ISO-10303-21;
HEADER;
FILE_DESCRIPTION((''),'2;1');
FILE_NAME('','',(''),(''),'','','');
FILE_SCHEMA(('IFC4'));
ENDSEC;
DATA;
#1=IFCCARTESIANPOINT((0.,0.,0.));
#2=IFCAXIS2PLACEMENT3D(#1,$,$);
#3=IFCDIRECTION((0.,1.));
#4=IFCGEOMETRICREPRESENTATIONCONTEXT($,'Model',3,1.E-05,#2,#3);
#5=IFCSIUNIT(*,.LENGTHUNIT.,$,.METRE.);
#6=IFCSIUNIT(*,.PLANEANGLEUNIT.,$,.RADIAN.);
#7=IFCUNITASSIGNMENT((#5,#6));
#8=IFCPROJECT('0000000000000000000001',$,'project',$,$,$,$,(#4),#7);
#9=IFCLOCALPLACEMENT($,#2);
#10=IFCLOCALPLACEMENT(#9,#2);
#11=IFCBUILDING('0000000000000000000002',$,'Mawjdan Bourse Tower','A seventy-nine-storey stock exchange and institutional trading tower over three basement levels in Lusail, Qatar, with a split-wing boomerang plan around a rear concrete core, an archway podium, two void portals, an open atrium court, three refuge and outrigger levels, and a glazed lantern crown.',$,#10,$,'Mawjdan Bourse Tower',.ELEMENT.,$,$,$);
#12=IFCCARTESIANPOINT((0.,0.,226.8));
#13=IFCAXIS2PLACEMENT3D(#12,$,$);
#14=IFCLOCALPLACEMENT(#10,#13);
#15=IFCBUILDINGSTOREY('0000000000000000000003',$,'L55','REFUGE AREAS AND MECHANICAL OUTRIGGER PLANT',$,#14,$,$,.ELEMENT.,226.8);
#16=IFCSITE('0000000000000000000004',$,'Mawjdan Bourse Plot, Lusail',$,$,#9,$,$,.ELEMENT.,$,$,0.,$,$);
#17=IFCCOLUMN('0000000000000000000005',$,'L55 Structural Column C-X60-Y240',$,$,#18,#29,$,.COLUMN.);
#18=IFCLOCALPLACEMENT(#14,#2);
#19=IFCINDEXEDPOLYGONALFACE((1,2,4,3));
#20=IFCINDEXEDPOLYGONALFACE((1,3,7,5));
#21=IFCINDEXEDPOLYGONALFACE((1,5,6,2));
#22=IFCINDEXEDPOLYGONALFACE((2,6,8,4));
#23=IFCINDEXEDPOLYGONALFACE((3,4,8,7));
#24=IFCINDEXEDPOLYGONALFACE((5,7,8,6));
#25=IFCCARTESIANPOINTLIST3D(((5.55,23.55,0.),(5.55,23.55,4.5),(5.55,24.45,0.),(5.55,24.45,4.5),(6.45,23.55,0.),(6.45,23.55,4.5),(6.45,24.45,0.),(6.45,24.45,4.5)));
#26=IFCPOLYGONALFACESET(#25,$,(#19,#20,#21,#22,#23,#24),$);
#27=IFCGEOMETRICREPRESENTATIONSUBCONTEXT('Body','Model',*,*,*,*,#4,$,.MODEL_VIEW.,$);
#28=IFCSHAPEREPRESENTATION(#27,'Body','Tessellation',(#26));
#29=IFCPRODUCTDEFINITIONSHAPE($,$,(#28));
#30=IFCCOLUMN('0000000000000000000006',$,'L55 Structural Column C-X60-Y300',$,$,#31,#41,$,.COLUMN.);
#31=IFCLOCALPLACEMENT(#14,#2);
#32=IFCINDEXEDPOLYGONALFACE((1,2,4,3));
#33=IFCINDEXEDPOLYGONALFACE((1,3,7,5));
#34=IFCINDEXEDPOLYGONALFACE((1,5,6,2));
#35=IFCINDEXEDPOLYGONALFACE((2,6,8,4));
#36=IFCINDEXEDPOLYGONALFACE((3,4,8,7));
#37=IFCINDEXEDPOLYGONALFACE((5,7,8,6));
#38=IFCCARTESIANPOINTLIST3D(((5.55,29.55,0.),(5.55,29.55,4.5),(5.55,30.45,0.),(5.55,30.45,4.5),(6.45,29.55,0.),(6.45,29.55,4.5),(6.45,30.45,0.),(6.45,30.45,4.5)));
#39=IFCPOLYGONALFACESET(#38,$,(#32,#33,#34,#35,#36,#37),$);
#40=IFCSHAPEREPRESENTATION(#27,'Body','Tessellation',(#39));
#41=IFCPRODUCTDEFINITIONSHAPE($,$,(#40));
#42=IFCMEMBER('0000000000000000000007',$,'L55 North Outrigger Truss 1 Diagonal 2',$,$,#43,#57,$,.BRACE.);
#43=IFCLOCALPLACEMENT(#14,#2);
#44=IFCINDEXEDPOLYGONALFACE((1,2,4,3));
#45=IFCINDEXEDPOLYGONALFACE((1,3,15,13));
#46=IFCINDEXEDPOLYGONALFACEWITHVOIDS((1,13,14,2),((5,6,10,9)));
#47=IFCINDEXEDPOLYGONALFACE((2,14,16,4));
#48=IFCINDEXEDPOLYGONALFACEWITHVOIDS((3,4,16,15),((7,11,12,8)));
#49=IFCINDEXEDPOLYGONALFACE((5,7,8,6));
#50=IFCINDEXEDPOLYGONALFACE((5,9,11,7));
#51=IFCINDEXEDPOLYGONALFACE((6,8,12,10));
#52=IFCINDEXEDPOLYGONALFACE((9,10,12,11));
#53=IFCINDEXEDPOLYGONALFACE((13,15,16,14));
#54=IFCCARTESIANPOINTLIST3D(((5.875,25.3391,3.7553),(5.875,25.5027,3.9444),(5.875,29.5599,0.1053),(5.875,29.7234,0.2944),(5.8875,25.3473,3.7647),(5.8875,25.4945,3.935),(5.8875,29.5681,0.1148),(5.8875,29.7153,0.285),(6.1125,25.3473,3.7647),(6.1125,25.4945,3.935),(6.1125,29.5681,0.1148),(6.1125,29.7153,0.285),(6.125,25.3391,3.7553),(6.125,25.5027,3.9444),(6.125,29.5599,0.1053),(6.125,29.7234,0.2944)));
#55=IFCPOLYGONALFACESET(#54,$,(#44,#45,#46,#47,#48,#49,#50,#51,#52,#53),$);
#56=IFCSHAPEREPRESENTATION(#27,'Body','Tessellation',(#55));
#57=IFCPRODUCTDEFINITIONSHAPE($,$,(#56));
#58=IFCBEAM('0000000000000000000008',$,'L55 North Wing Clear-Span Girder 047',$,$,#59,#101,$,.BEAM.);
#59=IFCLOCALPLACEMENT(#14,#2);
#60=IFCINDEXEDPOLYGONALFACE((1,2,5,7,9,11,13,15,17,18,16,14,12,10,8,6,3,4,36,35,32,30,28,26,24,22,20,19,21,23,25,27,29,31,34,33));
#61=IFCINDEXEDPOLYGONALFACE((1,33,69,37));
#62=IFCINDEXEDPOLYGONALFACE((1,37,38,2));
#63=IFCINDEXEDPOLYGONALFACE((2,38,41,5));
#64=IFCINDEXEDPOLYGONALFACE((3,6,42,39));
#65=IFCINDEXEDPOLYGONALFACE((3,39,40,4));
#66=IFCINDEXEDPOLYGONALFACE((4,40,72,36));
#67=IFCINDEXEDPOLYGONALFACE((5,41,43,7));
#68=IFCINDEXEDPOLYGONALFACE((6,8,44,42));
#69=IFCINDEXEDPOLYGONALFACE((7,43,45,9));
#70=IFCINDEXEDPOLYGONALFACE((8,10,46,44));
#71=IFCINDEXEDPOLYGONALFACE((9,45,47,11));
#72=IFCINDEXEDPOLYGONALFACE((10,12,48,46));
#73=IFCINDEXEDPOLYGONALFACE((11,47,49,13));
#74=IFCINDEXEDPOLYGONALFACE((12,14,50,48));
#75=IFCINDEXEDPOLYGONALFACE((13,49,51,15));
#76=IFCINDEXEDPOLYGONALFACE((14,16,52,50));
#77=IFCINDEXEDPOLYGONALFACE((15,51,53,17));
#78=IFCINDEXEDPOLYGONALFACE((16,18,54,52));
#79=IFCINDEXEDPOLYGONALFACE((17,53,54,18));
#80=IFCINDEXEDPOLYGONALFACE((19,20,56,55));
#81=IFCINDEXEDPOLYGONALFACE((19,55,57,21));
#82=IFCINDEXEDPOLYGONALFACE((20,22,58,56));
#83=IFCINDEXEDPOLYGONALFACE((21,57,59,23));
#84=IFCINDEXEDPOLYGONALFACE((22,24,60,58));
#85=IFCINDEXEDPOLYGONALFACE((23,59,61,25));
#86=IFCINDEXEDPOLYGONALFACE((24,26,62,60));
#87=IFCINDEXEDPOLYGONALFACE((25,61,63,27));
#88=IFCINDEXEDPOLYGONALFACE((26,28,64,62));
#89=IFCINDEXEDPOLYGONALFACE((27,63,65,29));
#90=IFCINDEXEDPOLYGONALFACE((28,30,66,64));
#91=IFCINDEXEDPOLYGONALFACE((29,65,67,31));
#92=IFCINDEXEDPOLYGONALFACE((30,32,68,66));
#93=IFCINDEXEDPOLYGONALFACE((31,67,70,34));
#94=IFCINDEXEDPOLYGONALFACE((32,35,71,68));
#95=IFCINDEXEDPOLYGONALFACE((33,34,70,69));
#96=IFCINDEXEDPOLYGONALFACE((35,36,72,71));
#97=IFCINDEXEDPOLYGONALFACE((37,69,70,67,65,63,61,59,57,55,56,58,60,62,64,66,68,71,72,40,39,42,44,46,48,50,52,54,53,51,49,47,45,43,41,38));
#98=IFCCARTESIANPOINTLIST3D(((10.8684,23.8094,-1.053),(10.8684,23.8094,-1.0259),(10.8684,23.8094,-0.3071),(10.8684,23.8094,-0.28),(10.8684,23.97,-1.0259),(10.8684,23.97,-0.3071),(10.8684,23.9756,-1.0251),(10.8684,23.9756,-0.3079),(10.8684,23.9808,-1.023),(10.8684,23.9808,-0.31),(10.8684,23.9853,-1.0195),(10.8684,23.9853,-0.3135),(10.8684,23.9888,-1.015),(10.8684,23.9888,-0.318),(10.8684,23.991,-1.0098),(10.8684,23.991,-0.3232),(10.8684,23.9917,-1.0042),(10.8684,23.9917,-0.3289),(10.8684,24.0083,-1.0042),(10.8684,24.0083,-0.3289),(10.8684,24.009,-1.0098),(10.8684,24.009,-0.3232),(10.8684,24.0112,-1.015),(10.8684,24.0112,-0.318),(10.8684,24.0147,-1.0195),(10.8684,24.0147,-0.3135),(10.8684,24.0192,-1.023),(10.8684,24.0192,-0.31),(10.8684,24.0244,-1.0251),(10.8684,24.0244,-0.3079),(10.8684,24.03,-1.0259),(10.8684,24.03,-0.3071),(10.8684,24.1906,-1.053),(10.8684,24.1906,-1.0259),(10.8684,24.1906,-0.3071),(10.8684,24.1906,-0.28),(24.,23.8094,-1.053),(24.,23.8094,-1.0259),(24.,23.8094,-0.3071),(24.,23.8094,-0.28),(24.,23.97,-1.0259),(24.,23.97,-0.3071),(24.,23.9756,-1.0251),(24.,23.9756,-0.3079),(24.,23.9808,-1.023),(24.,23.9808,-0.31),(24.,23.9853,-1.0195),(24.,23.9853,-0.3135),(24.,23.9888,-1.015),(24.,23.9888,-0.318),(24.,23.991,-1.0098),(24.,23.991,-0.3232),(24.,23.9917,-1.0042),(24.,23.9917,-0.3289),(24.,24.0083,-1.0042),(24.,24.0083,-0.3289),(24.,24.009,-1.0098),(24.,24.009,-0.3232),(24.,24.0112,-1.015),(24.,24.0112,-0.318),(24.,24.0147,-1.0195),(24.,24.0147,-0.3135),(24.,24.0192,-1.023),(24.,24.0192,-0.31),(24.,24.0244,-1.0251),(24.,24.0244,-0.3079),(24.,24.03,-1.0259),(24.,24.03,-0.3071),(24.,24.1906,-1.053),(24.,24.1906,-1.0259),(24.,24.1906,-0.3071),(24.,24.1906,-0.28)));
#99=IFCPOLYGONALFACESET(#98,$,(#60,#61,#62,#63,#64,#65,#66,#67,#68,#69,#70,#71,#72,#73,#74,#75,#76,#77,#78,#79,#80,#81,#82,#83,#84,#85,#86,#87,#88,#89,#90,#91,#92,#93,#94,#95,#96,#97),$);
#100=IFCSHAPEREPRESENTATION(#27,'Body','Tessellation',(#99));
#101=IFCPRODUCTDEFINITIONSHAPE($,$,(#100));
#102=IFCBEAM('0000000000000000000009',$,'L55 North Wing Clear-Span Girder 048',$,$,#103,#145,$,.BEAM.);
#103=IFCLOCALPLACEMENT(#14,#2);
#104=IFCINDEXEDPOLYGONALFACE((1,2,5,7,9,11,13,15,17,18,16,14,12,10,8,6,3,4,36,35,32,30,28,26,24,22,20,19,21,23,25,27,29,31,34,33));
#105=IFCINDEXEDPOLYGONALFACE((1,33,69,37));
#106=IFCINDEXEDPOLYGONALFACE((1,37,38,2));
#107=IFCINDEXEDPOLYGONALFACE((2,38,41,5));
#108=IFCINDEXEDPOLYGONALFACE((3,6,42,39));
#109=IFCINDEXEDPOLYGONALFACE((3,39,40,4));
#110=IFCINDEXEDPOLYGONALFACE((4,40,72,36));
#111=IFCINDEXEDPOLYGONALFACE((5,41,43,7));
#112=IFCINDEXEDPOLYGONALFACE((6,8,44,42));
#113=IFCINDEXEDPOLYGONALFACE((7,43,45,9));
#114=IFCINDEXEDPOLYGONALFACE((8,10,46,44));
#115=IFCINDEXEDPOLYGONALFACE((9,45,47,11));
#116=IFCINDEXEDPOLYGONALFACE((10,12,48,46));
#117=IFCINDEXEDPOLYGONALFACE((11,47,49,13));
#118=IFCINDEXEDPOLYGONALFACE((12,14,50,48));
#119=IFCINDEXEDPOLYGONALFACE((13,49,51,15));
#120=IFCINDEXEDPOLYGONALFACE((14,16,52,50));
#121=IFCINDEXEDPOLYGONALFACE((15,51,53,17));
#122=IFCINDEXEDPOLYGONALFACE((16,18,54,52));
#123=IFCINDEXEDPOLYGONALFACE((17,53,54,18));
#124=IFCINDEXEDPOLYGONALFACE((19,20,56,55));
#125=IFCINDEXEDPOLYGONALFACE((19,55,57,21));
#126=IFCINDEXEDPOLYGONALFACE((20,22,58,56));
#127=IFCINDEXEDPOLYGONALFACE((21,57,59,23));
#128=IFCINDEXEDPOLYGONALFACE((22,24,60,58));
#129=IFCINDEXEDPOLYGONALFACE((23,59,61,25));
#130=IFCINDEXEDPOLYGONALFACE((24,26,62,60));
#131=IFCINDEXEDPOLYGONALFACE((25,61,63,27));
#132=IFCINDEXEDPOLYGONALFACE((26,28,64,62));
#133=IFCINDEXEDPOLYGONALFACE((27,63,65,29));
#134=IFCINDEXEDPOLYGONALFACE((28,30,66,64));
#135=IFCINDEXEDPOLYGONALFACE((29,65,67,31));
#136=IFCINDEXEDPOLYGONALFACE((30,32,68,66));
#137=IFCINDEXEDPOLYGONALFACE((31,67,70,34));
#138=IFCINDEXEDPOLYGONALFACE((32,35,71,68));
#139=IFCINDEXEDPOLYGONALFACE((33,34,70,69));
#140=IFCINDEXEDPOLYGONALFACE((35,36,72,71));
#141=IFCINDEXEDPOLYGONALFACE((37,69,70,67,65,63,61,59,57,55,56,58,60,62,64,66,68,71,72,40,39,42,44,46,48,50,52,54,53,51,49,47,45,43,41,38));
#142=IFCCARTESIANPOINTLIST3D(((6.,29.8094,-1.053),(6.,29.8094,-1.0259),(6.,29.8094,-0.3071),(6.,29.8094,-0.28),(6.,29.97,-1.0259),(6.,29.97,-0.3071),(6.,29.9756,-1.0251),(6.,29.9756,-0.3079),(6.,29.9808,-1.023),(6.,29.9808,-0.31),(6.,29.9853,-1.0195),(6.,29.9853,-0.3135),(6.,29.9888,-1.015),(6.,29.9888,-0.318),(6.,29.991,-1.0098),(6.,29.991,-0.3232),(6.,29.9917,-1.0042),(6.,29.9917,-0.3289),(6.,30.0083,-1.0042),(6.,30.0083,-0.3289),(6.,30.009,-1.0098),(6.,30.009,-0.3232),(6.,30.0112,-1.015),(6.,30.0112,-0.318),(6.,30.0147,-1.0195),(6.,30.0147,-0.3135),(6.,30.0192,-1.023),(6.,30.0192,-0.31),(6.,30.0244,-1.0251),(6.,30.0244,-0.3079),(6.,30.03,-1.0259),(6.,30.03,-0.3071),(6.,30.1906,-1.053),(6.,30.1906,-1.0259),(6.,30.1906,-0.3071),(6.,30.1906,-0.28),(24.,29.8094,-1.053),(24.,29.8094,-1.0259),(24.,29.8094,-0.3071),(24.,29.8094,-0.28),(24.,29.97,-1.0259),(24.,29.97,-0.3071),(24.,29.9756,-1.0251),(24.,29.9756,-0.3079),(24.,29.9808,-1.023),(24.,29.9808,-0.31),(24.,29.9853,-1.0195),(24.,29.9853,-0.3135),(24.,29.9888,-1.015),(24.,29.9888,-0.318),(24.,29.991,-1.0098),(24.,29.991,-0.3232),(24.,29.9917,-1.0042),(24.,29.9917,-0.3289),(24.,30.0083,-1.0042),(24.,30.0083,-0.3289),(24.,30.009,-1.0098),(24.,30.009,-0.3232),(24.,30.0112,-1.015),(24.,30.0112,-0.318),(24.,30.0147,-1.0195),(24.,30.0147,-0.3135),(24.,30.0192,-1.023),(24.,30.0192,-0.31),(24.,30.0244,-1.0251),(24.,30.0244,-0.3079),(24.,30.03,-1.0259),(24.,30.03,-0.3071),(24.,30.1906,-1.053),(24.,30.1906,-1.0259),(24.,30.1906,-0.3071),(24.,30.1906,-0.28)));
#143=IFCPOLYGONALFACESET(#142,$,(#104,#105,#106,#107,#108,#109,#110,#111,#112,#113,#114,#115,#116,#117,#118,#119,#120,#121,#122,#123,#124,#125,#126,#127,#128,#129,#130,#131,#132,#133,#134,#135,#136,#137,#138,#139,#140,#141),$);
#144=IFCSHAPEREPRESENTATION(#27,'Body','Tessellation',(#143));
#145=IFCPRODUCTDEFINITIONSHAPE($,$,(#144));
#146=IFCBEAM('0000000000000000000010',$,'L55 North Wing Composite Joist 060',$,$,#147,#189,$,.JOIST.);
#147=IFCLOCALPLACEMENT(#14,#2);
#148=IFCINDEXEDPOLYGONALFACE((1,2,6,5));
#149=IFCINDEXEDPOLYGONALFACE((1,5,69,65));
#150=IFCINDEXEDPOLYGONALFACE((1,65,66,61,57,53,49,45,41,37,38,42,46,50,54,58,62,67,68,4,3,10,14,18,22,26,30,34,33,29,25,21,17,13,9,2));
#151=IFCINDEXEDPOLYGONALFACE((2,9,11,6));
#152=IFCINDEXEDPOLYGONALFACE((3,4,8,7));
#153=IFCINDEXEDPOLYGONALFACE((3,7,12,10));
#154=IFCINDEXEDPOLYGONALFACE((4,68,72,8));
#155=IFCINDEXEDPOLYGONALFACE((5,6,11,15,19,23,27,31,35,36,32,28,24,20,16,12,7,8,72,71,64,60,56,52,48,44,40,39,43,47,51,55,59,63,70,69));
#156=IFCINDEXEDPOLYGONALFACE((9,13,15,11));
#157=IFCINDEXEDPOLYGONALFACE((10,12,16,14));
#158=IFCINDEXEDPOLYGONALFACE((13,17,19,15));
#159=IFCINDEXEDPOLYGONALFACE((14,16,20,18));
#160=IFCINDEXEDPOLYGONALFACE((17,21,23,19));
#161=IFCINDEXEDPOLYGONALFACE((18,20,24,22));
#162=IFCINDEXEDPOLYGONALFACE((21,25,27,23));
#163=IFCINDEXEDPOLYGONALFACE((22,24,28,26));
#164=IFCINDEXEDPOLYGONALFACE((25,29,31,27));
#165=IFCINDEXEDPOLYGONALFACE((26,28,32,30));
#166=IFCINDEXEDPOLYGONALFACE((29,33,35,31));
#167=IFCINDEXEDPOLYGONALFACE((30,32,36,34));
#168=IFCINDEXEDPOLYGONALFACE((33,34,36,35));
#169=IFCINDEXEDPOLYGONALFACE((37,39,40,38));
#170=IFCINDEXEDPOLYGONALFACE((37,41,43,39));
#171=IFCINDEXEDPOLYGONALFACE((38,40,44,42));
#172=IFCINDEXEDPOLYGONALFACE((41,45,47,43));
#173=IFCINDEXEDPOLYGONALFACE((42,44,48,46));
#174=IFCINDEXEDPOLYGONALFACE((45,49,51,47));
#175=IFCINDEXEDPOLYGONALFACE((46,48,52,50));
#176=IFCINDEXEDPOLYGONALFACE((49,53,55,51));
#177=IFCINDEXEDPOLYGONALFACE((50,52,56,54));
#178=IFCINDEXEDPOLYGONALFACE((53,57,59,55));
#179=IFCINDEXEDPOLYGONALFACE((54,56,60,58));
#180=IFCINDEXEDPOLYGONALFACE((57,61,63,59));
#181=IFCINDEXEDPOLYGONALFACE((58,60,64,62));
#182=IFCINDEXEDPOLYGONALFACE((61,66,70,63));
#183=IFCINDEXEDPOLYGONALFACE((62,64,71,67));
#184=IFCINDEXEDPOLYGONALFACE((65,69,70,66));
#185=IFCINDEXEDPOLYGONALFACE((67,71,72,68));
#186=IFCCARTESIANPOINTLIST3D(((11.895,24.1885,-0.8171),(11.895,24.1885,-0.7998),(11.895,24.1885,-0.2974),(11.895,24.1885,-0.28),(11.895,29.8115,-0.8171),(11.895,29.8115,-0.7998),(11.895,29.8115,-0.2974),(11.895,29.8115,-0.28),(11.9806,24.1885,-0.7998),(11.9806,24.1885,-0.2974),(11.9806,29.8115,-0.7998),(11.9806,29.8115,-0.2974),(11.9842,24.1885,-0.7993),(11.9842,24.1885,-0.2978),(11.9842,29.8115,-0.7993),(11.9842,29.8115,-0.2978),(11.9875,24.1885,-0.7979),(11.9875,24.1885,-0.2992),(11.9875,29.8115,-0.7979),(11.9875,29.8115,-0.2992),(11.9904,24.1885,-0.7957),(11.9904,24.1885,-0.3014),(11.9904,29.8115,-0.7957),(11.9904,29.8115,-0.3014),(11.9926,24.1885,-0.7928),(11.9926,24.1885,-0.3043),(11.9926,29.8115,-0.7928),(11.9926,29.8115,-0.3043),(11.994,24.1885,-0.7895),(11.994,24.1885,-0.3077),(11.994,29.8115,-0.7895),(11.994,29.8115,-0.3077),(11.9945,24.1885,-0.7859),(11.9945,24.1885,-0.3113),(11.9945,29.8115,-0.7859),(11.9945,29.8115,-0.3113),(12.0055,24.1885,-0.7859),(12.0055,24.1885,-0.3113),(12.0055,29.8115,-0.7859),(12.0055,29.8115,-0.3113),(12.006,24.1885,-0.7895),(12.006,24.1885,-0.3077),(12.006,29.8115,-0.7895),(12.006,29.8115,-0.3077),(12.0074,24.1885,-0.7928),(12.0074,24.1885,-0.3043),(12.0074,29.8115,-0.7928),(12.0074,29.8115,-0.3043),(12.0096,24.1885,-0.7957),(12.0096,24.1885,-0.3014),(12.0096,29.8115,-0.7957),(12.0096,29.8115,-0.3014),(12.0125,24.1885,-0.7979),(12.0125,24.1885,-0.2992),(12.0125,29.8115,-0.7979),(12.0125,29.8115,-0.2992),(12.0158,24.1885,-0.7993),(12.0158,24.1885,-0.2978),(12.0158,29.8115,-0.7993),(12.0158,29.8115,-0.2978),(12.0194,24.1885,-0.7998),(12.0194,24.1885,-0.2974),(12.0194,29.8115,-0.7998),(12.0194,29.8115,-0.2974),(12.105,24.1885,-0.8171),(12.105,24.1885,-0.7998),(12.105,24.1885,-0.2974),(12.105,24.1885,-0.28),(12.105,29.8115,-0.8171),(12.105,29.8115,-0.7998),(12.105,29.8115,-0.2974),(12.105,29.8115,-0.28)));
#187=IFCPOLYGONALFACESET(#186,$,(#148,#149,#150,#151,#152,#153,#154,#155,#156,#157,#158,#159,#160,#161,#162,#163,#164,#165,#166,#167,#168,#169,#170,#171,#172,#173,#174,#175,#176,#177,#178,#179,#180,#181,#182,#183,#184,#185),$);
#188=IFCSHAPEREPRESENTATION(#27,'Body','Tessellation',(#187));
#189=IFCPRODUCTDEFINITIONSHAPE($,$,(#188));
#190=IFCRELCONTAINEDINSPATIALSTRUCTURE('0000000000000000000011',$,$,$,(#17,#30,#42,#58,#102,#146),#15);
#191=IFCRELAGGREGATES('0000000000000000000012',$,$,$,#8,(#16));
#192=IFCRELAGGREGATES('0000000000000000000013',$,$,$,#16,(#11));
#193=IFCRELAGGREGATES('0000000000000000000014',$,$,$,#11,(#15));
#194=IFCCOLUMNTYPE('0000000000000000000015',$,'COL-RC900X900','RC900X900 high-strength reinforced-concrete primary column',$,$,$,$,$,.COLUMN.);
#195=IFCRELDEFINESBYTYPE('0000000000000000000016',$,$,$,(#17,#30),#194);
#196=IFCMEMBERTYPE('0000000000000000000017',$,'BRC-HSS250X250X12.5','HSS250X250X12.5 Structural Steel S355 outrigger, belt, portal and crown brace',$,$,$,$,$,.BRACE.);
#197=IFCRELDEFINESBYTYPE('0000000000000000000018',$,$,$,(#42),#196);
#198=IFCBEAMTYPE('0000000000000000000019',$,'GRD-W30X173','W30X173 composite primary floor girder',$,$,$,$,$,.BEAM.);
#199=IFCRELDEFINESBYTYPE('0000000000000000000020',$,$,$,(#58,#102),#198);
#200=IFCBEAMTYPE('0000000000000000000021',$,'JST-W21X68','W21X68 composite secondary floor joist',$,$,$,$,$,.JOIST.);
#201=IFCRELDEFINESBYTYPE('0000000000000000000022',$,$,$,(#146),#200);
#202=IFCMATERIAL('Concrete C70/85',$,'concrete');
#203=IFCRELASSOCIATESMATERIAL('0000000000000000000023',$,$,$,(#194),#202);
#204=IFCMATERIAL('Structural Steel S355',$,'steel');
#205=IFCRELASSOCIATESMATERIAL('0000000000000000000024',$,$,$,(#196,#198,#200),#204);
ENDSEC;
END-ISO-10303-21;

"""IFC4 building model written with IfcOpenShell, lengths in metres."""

from ifc_helpers import new_model, si_unit, direction, frame, origin, origin_2d, place, context, subcontext, project, spatial, rectangle, hollow_rectangle, i_section, extrude, material, material_profile, profile_set, type_object, element, save


model = new_model("IFC4")

# Units and contexts
model_context = context("Model", 3, precision=1e-05, world=origin(), true_north=direction((0.0, 1.0)))
body_context = subcontext(model_context, "Body", "Model", "MODEL_VIEW")
ifc_project = project(units=[si_unit("LENGTHUNIT", "METRE"), si_unit("PLANEANGLEUNIT", "RADIAN")], contexts=[model_context])

# Site, building, storey
site_placement = place(None, origin())
site = spatial("IfcSite", under=ifc_project, at=site_placement, Name="Mawjdan Bourse Plot, Lusail", CompositionType="ELEMENT", RefElevation=0.0)
building_placement = place(site_placement, origin())
building = spatial("IfcBuilding", under=site, at=building_placement, Name="Mawjdan Bourse Tower", Description="A seventy-nine-storey stock exchange and institutional trading tower over three basement levels in Lusail, Qatar, with a split-wing boomerang plan around a rear concrete core, an archway podium, two void portals, an open atrium court, three refuge and outrigger levels, and a glazed lantern crown.", LongName="Mawjdan Bourse Tower", CompositionType="ELEMENT")
storey_placement = place(building_placement, frame((0.0, 0.0, 226.8)))
storey = spatial("IfcBuildingStorey", under=building, at=storey_placement, Name="L55", Description="REFUGE AREAS AND MECHANICAL OUTRIGGER PLANT", CompositionType="ELEMENT", Elevation=226.8)

# Columns
ifc_material_1 = material(Name="Concrete C70/85", Category="concrete")
ifc_material_profile_1 = material_profile(ifc_material_1, rectangle(XDim=0.8999, YDim=0.8999, at=origin_2d()), Name="RC900X900")
ifc_profile_set_1 = profile_set([ifc_material_profile_1], Name="Concrete C70/85")
column_type = type_object("IfcColumnType", Name="COL-RC900X900", Description="RC900X900 high-strength reinforced-concrete primary column", PredefinedType="COLUMN", material=ifc_profile_set_1)
for number, where, z_axis, x_axis, name in (
    (1, (6.0, 24.0, 0.0), (0.0, 0.0, 1.0), (1.0, 0.0, 0.0), "L55 Structural Column C-X60-Y240"),
    (2, (6.0, 30.0, 0.0), (0.0, 0.0, 1.0), (1.0, 0.0, 0.0), "L55 Structural Column C-X60-Y300"),
):
    element("IfcColumn", number, at=place(storey_placement, frame(where, z_axis=z_axis, x_axis=x_axis)), inside=storey, type_object=column_type, Name=name, PredefinedType="COLUMN", context=body_context, shape_type="SweptSolid", body=[
        extrude(rectangle(XDim=0.8999, YDim=0.8999, at=origin_2d()), origin(), (0.0, 0.0, 1.0), 4.5),
    ])

# Member
ifc_material_2 = material(Name="Structural Steel S355", Category="steel")
ifc_material_profile_2 = material_profile(ifc_material_2, hollow_rectangle(XDim=0.25, YDim=0.25, WallThickness=0.0125, at=origin_2d()), Name="HSS250X250X12.5")
ifc_profile_set_2 = profile_set([ifc_material_profile_2], Name="Structural Steel S355")
member_type_1 = type_object("IfcMemberType", Name="BRC-HSS250X250X12.5", Description="HSS250X250X12.5 Structural Steel S355 outrigger, belt, portal and crown brace", PredefinedType="BRACE", material=ifc_profile_set_2)
member_1_placement = place(storey_placement, frame((6.0, 25.4209, 3.8499), z_axis=(0.0, 0.756402, -0.654107), x_axis=(-1.0, 0.0, 0.0)))
element("IfcMember", 3, at=member_1_placement, inside=storey, type_object=member_type_1, Name="L55 North Outrigger Truss 1 Diagonal 2", PredefinedType="BRACE", context=body_context, shape_type="SweptSolid", body=[
    extrude(hollow_rectangle(XDim=0.25, YDim=0.25, WallThickness=0.0125, at=origin_2d()), origin(), (0.0, 0.0, 1.0), 5.5801),
])

# Beams
ifc_material_profile_3 = material_profile(ifc_material_2, i_section(OverallWidth=0.3811, OverallDepth=0.7729, WebThickness=0.0166, FlangeThickness=0.0271, FilletRadius=0.0217, at=origin_2d()), Name="W30X173")
ifc_profile_set_3 = profile_set([ifc_material_profile_3], Name="Structural Steel S355")
beam_type_1 = type_object("IfcBeamType", Name="GRD-W30X173", Description="W30X173 composite primary floor girder", PredefinedType="BEAM", material=ifc_profile_set_3)
beam_1_placement = place(storey_placement, frame((10.8684, 24.0, -0.6665), z_axis=(1.0, 0.0, 0.0), x_axis=(0.0, 1.0, 0.0)))
element("IfcBeam", 4, at=beam_1_placement, inside=storey, type_object=beam_type_1, Name="L55 North Wing Clear-Span Girder 047", PredefinedType="BEAM", context=body_context, shape_type="SweptSolid", body=[
    extrude(i_section(OverallWidth=0.3811, OverallDepth=0.7729, WebThickness=0.0166, FlangeThickness=0.0271, FilletRadius=0.0217, at=origin_2d()), origin(), (0.0, 0.0, 1.0), 13.1316),
])
beam_2_placement = place(storey_placement, frame((6.0, 30.0, -0.6665), z_axis=(1.0, 0.0, 0.0), x_axis=(0.0, 1.0, 0.0)))
element("IfcBeam", 5, at=beam_2_placement, inside=storey, type_object=beam_type_1, Name="L55 North Wing Clear-Span Girder 048", PredefinedType="BEAM", context=body_context, shape_type="SweptSolid", body=[
    extrude(i_section(OverallWidth=0.3811, OverallDepth=0.7729, WebThickness=0.0166, FlangeThickness=0.0271, FilletRadius=0.0217, at=origin_2d()), origin(), (0.0, 0.0, 1.0), 18.0),
])
ifc_material_profile_4 = material_profile(ifc_material_2, i_section(OverallWidth=0.21, OverallDepth=0.5371, WebThickness=0.011, FlangeThickness=0.0173, FilletRadius=0.0139, at=origin_2d()), Name="W21X68")
ifc_profile_set_4 = profile_set([ifc_material_profile_4], Name="Structural Steel S355")
beam_type_2 = type_object("IfcBeamType", Name="JST-W21X68", Description="W21X68 composite secondary floor joist", PredefinedType="JOIST", material=ifc_profile_set_4)
for number, where, z_axis, x_axis, name in (
    (6, (12.0, 24.1885, -0.5486), (0.0, 1.0, 0.0), (-1.0, 0.0, 0.0), "L55 North Wing Composite Joist 060"),
):
    element("IfcBeam", number, at=place(storey_placement, frame(where, z_axis=z_axis, x_axis=x_axis)), inside=storey, type_object=beam_type_2, Name=name, PredefinedType="JOIST", context=body_context, shape_type="SweptSolid", body=[
        extrude(i_section(OverallWidth=0.21, OverallDepth=0.5371, WebThickness=0.011, FlangeThickness=0.0173, FilletRadius=0.0139, at=origin_2d()), origin(), (0.0, 0.0, 1.0), 5.623),
    ])

save(model, "model.ifc")
